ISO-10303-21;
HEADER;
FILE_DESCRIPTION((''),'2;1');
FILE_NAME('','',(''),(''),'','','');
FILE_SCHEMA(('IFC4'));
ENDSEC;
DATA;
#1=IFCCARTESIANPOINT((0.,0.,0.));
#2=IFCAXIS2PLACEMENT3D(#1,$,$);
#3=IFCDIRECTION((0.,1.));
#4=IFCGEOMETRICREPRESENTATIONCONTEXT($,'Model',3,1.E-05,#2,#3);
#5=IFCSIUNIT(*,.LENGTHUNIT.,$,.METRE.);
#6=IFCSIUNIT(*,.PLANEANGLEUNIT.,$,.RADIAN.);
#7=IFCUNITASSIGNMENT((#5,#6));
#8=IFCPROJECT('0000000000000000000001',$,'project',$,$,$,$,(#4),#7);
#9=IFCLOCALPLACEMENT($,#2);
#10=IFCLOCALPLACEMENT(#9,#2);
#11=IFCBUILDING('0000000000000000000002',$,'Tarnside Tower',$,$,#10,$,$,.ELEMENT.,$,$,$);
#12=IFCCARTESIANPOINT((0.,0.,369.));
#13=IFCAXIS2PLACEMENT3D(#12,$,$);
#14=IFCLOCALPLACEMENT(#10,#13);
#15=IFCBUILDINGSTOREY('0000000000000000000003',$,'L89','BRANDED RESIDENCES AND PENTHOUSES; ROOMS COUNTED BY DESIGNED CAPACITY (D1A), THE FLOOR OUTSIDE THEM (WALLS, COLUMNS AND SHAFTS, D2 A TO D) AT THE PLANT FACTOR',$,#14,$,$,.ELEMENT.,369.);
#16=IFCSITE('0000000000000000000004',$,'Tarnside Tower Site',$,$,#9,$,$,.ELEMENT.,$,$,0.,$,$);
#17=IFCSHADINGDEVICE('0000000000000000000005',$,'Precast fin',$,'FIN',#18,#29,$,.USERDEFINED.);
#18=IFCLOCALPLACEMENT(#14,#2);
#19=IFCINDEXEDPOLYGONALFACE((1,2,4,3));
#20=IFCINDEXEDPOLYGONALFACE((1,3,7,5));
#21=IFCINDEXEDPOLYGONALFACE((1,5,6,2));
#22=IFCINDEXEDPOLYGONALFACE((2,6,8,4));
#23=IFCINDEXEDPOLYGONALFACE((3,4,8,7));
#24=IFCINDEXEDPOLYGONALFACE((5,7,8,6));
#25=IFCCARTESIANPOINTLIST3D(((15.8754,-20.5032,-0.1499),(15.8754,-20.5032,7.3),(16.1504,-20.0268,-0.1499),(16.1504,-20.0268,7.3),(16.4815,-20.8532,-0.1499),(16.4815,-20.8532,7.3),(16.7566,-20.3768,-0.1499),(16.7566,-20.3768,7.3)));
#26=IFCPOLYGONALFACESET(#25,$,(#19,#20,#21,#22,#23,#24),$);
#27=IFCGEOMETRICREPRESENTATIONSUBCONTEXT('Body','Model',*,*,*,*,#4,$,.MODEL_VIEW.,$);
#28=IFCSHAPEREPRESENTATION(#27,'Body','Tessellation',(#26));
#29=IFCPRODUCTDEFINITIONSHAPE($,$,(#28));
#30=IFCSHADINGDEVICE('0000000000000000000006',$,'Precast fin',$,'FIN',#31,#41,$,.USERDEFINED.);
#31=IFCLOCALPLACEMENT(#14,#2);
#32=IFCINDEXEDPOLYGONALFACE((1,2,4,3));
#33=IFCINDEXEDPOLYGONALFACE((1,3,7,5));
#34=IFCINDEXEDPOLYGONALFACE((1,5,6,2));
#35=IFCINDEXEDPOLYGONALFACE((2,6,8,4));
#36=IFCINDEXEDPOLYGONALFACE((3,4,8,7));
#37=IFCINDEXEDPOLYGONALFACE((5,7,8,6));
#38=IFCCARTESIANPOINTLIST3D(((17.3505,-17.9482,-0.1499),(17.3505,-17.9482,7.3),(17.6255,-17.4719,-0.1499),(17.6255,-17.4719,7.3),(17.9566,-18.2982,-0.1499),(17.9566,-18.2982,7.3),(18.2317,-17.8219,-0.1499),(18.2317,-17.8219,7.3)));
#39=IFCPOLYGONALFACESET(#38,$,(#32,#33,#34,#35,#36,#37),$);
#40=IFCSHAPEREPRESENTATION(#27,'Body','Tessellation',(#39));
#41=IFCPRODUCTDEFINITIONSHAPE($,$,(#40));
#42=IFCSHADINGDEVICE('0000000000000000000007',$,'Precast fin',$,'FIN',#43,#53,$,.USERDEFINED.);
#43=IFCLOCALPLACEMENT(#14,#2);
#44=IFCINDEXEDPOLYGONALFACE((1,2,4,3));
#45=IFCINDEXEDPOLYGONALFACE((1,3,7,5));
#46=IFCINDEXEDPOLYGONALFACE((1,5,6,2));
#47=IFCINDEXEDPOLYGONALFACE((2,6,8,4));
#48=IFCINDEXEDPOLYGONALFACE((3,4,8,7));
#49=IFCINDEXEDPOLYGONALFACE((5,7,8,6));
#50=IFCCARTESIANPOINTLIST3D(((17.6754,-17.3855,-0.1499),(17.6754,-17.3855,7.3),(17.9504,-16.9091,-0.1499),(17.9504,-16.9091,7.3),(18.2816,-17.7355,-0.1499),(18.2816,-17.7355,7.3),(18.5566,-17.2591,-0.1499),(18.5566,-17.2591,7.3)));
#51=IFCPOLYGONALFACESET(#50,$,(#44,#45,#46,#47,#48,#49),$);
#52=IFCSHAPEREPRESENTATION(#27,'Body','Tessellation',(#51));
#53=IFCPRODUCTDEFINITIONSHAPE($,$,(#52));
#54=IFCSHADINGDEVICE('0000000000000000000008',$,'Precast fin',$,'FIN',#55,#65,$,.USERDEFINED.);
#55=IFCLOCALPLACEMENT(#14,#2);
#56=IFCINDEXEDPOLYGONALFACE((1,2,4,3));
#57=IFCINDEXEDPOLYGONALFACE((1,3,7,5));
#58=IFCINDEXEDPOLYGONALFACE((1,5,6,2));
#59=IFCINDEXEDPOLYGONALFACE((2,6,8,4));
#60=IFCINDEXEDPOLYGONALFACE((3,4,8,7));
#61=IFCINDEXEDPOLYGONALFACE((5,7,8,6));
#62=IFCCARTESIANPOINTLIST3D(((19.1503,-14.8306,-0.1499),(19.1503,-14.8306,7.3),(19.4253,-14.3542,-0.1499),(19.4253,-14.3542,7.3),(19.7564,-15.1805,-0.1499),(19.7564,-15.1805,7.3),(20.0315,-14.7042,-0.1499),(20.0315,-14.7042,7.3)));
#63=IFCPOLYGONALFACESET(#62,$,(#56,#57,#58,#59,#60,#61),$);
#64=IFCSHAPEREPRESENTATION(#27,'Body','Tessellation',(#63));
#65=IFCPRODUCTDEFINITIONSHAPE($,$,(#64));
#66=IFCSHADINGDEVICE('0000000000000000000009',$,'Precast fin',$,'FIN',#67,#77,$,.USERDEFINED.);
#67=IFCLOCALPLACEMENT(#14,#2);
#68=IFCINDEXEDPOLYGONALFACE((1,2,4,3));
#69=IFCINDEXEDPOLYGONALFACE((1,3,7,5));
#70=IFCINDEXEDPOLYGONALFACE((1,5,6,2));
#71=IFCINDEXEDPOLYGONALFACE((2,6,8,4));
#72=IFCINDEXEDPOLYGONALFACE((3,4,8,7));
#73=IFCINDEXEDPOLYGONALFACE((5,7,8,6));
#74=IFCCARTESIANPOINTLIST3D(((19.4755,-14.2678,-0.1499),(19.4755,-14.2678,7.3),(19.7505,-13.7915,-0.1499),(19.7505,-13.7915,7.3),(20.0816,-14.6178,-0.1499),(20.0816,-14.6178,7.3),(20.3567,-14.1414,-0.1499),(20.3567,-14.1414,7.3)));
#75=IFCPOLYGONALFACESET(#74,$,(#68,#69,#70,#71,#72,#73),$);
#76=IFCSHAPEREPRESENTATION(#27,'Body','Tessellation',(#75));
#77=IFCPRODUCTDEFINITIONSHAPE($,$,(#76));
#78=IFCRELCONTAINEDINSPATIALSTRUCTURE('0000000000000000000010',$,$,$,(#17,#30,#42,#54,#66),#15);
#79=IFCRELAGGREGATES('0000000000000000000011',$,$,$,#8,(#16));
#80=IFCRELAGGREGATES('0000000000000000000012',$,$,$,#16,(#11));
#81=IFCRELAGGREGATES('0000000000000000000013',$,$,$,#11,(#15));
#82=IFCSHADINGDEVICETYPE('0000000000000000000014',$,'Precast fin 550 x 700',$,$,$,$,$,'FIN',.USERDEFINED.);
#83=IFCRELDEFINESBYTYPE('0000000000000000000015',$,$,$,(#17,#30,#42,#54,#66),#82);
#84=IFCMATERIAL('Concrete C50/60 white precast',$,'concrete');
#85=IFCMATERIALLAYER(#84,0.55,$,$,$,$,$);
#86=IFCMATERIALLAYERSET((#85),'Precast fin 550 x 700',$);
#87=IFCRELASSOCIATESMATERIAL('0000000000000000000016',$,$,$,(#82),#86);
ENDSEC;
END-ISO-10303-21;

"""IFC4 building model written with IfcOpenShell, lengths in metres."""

from ifc_helpers import new_model, si_unit, direction, frame, origin, place, context, subcontext, project, spatial, polyline, outline, extrude, material, layer, layer_set, type_object, element, save


model = new_model("IFC4")

# Units and contexts
model_context = context("Model", 3, precision=1e-05, world=origin(), true_north=direction((0.0, 1.0)))
body_context = subcontext(model_context, "Body", "Model", "MODEL_VIEW")
ifc_project = project(units=[si_unit("LENGTHUNIT", "METRE"), si_unit("PLANEANGLEUNIT", "RADIAN")], contexts=[model_context])

# Site, building, storey
site_placement = place(None, origin())
site = spatial("IfcSite", under=ifc_project, at=site_placement, Name="Tarnside Tower Site", CompositionType="ELEMENT", RefElevation=0.0)
building_placement = place(site_placement, origin())
building = spatial("IfcBuilding", under=site, at=building_placement, Name="Tarnside Tower", CompositionType="ELEMENT")
storey_placement = place(building_placement, frame((0.0, 0.0, 369.0)))
storey = spatial("IfcBuildingStorey", under=building, at=storey_placement, Name="L89", Description="BRANDED RESIDENCES AND PENTHOUSES; ROOMS COUNTED BY DESIGNED CAPACITY (D1A), THE FLOOR OUTSIDE THEM (WALLS, COLUMNS AND SHAFTS, D2 A TO D) AT THE PLANT FACTOR", CompositionType="ELEMENT", Elevation=369.0)

# Shading devices
ifc_material_1 = material(Name="Concrete C50/60 white precast", Category="concrete")
ifc_layer_1 = layer(ifc_material_1, 0.55)
ifc_layer_set_1 = layer_set([ifc_layer_1], Name="Precast fin 550 x 700")
shading_device_type_1 = type_object("IfcShadingDeviceType", Name="Precast fin 550 x 700", ElementType="FIN", PredefinedType="USERDEFINED", material=ifc_layer_set_1)
for number, where, z_axis, x_axis, name in (
    (1, (16.0129, -20.2649, -0.1499), (-0.5, -0.866025, 0.0), (0.866025, -0.5, 0.0), "Precast fin"),
    (2, (17.488, -17.71, -0.1499), (-0.5, -0.866025, 0.0), (0.866025, -0.5, 0.0), "Precast fin"),
    (3, (17.813, -17.1472, -0.1499), (-0.5, -0.866025, 0.0), (0.866025, -0.5, 0.0), "Precast fin"),
    (4, (19.2878, -14.5923, -0.1499), (-0.5, -0.866025, 0.0), (0.866025, -0.5, 0.0), "Precast fin"),
    (5, (19.613, -14.0295, -0.1499), (-0.5, -0.866025, 0.0), (0.866025, -0.5, 0.0), "Precast fin"),
):
    element("IfcShadingDevice", number, at=place(storey_placement, frame(where, z_axis=z_axis, x_axis=x_axis)), inside=storey, type_object=shading_device_type_1, Name=name, ObjectType="FIN", PredefinedType="USERDEFINED", context=body_context, shape_type="SweptSolid", body=[
        extrude(outline(polyline([(0.0, 0.0), (0.7, 0.0), (0.7, 7.45), (0.0, 7.45), (0.0, 0.0)])), frame((0.0, 0.0, -0.2749)), (0.0, 0.0, 1.0), 0.55),
    ])

save(model, "model.ifc")
